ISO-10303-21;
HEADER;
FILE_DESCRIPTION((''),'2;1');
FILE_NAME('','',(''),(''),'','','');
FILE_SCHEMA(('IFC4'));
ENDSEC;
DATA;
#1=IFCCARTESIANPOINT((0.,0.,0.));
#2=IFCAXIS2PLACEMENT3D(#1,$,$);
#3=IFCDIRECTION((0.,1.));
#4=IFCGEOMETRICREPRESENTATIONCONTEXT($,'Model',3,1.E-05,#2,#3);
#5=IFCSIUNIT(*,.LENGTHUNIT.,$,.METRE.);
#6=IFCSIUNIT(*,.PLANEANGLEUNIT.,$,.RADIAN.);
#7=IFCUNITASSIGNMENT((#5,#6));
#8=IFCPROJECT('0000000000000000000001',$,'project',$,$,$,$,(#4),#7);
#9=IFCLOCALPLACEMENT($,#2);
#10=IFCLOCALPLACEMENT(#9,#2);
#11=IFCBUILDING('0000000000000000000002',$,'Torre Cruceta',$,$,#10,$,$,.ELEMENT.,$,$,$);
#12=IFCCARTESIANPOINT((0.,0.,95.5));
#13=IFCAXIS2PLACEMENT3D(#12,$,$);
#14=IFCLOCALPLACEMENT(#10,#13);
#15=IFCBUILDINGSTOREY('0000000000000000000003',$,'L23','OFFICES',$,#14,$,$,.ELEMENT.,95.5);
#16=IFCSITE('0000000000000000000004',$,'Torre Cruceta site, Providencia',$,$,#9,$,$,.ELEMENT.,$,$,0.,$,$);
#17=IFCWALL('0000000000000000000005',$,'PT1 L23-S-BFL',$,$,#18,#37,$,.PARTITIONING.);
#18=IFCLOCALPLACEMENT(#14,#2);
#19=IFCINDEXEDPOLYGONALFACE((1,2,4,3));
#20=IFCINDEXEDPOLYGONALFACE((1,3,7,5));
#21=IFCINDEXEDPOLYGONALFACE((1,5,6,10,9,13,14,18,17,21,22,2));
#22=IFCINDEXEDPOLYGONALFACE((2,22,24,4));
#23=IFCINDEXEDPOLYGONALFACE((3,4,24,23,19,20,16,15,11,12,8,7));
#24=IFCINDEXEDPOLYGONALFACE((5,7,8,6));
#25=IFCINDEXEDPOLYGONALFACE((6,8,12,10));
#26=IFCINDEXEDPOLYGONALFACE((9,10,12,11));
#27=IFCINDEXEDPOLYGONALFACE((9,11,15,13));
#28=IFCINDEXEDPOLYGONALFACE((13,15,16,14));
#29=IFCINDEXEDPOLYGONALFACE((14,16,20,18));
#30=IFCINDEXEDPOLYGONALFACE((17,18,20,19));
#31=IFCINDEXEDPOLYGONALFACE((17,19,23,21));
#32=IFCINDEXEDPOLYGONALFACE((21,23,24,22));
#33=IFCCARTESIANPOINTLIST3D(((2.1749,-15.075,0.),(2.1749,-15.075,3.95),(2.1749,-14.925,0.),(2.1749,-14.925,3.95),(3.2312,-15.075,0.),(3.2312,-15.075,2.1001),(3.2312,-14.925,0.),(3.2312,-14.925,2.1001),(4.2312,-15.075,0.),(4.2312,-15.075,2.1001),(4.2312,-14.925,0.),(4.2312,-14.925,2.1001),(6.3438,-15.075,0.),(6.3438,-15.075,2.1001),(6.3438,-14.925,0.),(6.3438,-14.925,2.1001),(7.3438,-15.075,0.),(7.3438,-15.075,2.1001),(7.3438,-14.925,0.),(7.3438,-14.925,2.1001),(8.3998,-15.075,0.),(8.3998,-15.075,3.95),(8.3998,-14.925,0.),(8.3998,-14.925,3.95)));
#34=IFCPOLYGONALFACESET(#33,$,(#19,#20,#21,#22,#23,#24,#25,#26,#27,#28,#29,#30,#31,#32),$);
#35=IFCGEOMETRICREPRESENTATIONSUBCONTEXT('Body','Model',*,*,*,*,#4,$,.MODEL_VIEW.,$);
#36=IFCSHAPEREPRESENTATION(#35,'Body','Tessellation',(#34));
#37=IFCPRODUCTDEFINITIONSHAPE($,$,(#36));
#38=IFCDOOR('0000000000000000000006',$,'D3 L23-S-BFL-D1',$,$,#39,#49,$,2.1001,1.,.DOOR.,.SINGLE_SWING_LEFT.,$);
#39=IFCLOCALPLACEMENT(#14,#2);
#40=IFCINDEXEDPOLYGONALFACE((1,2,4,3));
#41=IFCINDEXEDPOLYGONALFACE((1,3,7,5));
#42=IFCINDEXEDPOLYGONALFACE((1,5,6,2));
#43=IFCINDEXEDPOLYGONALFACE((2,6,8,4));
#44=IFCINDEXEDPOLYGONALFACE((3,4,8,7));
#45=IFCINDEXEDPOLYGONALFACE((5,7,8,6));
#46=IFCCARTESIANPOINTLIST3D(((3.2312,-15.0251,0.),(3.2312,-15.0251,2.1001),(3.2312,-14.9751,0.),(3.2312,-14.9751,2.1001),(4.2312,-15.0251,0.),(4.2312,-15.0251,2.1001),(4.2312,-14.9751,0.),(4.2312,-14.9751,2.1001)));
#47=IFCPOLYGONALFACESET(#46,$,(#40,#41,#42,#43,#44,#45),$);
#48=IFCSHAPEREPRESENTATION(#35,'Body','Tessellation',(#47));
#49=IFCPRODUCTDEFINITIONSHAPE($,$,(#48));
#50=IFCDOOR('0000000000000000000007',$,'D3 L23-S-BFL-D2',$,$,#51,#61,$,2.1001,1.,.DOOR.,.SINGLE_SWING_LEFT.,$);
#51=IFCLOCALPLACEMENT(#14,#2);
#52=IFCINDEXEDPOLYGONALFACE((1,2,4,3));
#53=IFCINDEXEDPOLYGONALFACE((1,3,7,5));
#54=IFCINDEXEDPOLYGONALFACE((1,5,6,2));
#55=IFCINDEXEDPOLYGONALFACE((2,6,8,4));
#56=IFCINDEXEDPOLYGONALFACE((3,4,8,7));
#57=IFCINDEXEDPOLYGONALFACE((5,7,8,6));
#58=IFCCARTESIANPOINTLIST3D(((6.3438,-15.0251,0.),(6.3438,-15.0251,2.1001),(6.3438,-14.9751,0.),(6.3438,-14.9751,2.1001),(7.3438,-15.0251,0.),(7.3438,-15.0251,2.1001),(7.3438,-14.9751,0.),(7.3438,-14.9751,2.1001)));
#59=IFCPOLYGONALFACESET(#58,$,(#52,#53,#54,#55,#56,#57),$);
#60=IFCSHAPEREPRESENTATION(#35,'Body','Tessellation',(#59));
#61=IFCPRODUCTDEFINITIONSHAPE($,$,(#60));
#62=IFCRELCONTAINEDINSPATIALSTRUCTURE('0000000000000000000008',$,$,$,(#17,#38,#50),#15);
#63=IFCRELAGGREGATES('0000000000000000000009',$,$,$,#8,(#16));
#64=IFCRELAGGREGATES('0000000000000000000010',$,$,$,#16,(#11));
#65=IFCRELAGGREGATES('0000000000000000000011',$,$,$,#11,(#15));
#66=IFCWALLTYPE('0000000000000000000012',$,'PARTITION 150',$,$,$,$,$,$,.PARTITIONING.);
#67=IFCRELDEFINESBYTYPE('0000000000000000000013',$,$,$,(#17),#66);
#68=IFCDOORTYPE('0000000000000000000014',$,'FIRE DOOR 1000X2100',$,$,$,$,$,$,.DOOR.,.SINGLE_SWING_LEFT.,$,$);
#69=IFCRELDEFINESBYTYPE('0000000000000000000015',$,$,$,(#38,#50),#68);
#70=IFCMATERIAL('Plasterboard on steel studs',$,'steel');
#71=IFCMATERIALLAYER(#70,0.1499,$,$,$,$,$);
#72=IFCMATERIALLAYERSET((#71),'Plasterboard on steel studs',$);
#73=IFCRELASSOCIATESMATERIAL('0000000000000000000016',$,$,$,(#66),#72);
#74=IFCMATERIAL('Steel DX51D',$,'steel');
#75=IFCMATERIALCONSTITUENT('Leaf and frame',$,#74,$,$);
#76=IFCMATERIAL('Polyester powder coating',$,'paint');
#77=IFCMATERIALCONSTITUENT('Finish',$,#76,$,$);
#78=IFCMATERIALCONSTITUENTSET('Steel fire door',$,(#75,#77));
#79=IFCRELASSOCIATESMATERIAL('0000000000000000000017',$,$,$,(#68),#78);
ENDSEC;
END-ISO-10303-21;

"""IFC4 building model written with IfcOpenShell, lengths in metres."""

from ifc_helpers import new_model, si_unit, direction, frame, frame_2d, origin, place, context, subcontext, project, spatial, rectangle, extrude, material, layer, layer_set, constituent, constituent_set, type_object, element, fill, save


model = new_model("IFC4")

# Units and contexts
model_context = context("Model", 3, precision=1e-05, world=origin(), true_north=direction((0.0, 1.0)))
body_context = subcontext(model_context, "Body", "Model", "MODEL_VIEW")
ifc_project = project(units=[si_unit("LENGTHUNIT", "METRE"), si_unit("PLANEANGLEUNIT", "RADIAN")], contexts=[model_context])

# Site, building, storey
site_placement = place(None, origin())
site = spatial("IfcSite", under=ifc_project, at=site_placement, Name="Torre Cruceta site, Providencia", CompositionType="ELEMENT", RefElevation=0.0)
building_placement = place(site_placement, origin())
building = spatial("IfcBuilding", under=site, at=building_placement, Name="Torre Cruceta", CompositionType="ELEMENT")
storey_placement = place(building_placement, frame((0.0, 0.0, 95.5)))
storey = spatial("IfcBuildingStorey", under=building, at=storey_placement, Name="L23", Description="OFFICES", CompositionType="ELEMENT", Elevation=95.5)

# Wall, openings, doors
ifc_material_1 = material(Name="Plasterboard on steel studs", Category="steel")
ifc_layer_1 = layer(ifc_material_1, 0.1499)
ifc_layer_set_1 = layer_set([ifc_layer_1], Name="Plasterboard on steel studs")
wall_type_1 = type_object("IfcWallType", Name="PARTITION 150", PredefinedType="PARTITIONING", material=ifc_layer_set_1)
wall_1_placement = place(storey_placement, frame((2.175, -15.0, 0.0), z_axis=(0.0, 0.0, 1.0), x_axis=(1.0, 0.0, 0.0)))
wall_1 = element("IfcWall", 1, at=wall_1_placement, inside=storey, type_object=wall_type_1, Name="PT1 L23-S-BFL", PredefinedType="PARTITIONING", context=body_context, shape_type="SweptSolid", body=[
    extrude(rectangle(XDim=6.2249, YDim=0.1499, at=frame_2d((3.1123, 0.0))), origin(), (0.0, 0.0, 1.0), 3.95),
])
opening_1_placement = place(wall_1_placement, frame((1.0562, 0.0, 0.0)))
opening_1 = element("IfcOpeningElement", 2, at=opening_1_placement, cuts=wall_1, PredefinedType="OPENING", context=body_context, shape_type="SweptSolid", body=[
    extrude(rectangle(XDim=1.0, YDim=2.1001, at=frame_2d((0.5, 1.05))), frame((0.0, 0.085, 0.0), z_axis=(0.0, -1.0, 0.0), x_axis=(1.0, 0.0, 0.0)), (0.0, 0.0, 1.0), 0.1699),
])
opening_2_placement = place(wall_1_placement, frame((4.1687, 0.0, 0.0)))
opening_2 = element("IfcOpeningElement", 3, at=opening_2_placement, cuts=wall_1, PredefinedType="OPENING", context=body_context, shape_type="SweptSolid", body=[
    extrude(rectangle(XDim=1.0, YDim=2.1001, at=frame_2d((0.5, 1.05))), frame((0.0, 0.085, 0.0), z_axis=(0.0, -1.0, 0.0), x_axis=(1.0, 0.0, 0.0)), (0.0, 0.0, 1.0), 0.1699),
])
ifc_material_2 = material(Name="Steel DX51D", Category="steel")
ifc_constituent_1 = constituent(ifc_material_2, Name="Leaf and frame")
ifc_material_3 = material(Name="Polyester powder coating", Category="paint")
ifc_constituent_2 = constituent(ifc_material_3, Name="Finish")
ifc_constituent_set_1 = constituent_set(constituents=[ifc_constituent_1, ifc_constituent_2], Name="Steel fire door")
door_type = type_object("IfcDoorType", Name="FIRE DOOR 1000X2100", OperationType="SINGLE_SWING_LEFT", PredefinedType="DOOR", material=ifc_constituent_set_1)
door_1_placement = place(opening_1_placement, origin())
door_1 = element("IfcDoor", 4, at=door_1_placement, inside=storey, type_object=door_type, Name="D3 L23-S-BFL-D1", OperationType="SINGLE_SWING_LEFT", OverallHeight=2.1001, OverallWidth=1.0, PredefinedType="DOOR", context=body_context, shape_type="SweptSolid", body=[
    extrude(rectangle(XDim=1.0, YDim=2.1001, at=frame_2d((0.5, 1.05))), frame((0.0, 0.0249, 0.0), z_axis=(0.0, -1.0, 0.0), x_axis=(1.0, 0.0, 0.0)), (0.0, 0.0, 1.0), 0.05),
])
fill(opening_1, door_1)
door_2_placement = place(opening_2_placement, origin())
door_2 = element("IfcDoor", 5, at=door_2_placement, inside=storey, type_object=door_type, Name="D3 L23-S-BFL-D2", OperationType="SINGLE_SWING_LEFT", OverallHeight=2.1001, OverallWidth=1.0, PredefinedType="DOOR", context=body_context, shape_type="SweptSolid", body=[
    extrude(rectangle(XDim=1.0, YDim=2.1001, at=frame_2d((0.5, 1.05))), frame((0.0, 0.0249, 0.0), z_axis=(0.0, -1.0, 0.0), x_axis=(1.0, 0.0, 0.0)), (0.0, 0.0, 1.0), 0.05),
])
fill(opening_2, door_2)

save(model, "model.ifc")
